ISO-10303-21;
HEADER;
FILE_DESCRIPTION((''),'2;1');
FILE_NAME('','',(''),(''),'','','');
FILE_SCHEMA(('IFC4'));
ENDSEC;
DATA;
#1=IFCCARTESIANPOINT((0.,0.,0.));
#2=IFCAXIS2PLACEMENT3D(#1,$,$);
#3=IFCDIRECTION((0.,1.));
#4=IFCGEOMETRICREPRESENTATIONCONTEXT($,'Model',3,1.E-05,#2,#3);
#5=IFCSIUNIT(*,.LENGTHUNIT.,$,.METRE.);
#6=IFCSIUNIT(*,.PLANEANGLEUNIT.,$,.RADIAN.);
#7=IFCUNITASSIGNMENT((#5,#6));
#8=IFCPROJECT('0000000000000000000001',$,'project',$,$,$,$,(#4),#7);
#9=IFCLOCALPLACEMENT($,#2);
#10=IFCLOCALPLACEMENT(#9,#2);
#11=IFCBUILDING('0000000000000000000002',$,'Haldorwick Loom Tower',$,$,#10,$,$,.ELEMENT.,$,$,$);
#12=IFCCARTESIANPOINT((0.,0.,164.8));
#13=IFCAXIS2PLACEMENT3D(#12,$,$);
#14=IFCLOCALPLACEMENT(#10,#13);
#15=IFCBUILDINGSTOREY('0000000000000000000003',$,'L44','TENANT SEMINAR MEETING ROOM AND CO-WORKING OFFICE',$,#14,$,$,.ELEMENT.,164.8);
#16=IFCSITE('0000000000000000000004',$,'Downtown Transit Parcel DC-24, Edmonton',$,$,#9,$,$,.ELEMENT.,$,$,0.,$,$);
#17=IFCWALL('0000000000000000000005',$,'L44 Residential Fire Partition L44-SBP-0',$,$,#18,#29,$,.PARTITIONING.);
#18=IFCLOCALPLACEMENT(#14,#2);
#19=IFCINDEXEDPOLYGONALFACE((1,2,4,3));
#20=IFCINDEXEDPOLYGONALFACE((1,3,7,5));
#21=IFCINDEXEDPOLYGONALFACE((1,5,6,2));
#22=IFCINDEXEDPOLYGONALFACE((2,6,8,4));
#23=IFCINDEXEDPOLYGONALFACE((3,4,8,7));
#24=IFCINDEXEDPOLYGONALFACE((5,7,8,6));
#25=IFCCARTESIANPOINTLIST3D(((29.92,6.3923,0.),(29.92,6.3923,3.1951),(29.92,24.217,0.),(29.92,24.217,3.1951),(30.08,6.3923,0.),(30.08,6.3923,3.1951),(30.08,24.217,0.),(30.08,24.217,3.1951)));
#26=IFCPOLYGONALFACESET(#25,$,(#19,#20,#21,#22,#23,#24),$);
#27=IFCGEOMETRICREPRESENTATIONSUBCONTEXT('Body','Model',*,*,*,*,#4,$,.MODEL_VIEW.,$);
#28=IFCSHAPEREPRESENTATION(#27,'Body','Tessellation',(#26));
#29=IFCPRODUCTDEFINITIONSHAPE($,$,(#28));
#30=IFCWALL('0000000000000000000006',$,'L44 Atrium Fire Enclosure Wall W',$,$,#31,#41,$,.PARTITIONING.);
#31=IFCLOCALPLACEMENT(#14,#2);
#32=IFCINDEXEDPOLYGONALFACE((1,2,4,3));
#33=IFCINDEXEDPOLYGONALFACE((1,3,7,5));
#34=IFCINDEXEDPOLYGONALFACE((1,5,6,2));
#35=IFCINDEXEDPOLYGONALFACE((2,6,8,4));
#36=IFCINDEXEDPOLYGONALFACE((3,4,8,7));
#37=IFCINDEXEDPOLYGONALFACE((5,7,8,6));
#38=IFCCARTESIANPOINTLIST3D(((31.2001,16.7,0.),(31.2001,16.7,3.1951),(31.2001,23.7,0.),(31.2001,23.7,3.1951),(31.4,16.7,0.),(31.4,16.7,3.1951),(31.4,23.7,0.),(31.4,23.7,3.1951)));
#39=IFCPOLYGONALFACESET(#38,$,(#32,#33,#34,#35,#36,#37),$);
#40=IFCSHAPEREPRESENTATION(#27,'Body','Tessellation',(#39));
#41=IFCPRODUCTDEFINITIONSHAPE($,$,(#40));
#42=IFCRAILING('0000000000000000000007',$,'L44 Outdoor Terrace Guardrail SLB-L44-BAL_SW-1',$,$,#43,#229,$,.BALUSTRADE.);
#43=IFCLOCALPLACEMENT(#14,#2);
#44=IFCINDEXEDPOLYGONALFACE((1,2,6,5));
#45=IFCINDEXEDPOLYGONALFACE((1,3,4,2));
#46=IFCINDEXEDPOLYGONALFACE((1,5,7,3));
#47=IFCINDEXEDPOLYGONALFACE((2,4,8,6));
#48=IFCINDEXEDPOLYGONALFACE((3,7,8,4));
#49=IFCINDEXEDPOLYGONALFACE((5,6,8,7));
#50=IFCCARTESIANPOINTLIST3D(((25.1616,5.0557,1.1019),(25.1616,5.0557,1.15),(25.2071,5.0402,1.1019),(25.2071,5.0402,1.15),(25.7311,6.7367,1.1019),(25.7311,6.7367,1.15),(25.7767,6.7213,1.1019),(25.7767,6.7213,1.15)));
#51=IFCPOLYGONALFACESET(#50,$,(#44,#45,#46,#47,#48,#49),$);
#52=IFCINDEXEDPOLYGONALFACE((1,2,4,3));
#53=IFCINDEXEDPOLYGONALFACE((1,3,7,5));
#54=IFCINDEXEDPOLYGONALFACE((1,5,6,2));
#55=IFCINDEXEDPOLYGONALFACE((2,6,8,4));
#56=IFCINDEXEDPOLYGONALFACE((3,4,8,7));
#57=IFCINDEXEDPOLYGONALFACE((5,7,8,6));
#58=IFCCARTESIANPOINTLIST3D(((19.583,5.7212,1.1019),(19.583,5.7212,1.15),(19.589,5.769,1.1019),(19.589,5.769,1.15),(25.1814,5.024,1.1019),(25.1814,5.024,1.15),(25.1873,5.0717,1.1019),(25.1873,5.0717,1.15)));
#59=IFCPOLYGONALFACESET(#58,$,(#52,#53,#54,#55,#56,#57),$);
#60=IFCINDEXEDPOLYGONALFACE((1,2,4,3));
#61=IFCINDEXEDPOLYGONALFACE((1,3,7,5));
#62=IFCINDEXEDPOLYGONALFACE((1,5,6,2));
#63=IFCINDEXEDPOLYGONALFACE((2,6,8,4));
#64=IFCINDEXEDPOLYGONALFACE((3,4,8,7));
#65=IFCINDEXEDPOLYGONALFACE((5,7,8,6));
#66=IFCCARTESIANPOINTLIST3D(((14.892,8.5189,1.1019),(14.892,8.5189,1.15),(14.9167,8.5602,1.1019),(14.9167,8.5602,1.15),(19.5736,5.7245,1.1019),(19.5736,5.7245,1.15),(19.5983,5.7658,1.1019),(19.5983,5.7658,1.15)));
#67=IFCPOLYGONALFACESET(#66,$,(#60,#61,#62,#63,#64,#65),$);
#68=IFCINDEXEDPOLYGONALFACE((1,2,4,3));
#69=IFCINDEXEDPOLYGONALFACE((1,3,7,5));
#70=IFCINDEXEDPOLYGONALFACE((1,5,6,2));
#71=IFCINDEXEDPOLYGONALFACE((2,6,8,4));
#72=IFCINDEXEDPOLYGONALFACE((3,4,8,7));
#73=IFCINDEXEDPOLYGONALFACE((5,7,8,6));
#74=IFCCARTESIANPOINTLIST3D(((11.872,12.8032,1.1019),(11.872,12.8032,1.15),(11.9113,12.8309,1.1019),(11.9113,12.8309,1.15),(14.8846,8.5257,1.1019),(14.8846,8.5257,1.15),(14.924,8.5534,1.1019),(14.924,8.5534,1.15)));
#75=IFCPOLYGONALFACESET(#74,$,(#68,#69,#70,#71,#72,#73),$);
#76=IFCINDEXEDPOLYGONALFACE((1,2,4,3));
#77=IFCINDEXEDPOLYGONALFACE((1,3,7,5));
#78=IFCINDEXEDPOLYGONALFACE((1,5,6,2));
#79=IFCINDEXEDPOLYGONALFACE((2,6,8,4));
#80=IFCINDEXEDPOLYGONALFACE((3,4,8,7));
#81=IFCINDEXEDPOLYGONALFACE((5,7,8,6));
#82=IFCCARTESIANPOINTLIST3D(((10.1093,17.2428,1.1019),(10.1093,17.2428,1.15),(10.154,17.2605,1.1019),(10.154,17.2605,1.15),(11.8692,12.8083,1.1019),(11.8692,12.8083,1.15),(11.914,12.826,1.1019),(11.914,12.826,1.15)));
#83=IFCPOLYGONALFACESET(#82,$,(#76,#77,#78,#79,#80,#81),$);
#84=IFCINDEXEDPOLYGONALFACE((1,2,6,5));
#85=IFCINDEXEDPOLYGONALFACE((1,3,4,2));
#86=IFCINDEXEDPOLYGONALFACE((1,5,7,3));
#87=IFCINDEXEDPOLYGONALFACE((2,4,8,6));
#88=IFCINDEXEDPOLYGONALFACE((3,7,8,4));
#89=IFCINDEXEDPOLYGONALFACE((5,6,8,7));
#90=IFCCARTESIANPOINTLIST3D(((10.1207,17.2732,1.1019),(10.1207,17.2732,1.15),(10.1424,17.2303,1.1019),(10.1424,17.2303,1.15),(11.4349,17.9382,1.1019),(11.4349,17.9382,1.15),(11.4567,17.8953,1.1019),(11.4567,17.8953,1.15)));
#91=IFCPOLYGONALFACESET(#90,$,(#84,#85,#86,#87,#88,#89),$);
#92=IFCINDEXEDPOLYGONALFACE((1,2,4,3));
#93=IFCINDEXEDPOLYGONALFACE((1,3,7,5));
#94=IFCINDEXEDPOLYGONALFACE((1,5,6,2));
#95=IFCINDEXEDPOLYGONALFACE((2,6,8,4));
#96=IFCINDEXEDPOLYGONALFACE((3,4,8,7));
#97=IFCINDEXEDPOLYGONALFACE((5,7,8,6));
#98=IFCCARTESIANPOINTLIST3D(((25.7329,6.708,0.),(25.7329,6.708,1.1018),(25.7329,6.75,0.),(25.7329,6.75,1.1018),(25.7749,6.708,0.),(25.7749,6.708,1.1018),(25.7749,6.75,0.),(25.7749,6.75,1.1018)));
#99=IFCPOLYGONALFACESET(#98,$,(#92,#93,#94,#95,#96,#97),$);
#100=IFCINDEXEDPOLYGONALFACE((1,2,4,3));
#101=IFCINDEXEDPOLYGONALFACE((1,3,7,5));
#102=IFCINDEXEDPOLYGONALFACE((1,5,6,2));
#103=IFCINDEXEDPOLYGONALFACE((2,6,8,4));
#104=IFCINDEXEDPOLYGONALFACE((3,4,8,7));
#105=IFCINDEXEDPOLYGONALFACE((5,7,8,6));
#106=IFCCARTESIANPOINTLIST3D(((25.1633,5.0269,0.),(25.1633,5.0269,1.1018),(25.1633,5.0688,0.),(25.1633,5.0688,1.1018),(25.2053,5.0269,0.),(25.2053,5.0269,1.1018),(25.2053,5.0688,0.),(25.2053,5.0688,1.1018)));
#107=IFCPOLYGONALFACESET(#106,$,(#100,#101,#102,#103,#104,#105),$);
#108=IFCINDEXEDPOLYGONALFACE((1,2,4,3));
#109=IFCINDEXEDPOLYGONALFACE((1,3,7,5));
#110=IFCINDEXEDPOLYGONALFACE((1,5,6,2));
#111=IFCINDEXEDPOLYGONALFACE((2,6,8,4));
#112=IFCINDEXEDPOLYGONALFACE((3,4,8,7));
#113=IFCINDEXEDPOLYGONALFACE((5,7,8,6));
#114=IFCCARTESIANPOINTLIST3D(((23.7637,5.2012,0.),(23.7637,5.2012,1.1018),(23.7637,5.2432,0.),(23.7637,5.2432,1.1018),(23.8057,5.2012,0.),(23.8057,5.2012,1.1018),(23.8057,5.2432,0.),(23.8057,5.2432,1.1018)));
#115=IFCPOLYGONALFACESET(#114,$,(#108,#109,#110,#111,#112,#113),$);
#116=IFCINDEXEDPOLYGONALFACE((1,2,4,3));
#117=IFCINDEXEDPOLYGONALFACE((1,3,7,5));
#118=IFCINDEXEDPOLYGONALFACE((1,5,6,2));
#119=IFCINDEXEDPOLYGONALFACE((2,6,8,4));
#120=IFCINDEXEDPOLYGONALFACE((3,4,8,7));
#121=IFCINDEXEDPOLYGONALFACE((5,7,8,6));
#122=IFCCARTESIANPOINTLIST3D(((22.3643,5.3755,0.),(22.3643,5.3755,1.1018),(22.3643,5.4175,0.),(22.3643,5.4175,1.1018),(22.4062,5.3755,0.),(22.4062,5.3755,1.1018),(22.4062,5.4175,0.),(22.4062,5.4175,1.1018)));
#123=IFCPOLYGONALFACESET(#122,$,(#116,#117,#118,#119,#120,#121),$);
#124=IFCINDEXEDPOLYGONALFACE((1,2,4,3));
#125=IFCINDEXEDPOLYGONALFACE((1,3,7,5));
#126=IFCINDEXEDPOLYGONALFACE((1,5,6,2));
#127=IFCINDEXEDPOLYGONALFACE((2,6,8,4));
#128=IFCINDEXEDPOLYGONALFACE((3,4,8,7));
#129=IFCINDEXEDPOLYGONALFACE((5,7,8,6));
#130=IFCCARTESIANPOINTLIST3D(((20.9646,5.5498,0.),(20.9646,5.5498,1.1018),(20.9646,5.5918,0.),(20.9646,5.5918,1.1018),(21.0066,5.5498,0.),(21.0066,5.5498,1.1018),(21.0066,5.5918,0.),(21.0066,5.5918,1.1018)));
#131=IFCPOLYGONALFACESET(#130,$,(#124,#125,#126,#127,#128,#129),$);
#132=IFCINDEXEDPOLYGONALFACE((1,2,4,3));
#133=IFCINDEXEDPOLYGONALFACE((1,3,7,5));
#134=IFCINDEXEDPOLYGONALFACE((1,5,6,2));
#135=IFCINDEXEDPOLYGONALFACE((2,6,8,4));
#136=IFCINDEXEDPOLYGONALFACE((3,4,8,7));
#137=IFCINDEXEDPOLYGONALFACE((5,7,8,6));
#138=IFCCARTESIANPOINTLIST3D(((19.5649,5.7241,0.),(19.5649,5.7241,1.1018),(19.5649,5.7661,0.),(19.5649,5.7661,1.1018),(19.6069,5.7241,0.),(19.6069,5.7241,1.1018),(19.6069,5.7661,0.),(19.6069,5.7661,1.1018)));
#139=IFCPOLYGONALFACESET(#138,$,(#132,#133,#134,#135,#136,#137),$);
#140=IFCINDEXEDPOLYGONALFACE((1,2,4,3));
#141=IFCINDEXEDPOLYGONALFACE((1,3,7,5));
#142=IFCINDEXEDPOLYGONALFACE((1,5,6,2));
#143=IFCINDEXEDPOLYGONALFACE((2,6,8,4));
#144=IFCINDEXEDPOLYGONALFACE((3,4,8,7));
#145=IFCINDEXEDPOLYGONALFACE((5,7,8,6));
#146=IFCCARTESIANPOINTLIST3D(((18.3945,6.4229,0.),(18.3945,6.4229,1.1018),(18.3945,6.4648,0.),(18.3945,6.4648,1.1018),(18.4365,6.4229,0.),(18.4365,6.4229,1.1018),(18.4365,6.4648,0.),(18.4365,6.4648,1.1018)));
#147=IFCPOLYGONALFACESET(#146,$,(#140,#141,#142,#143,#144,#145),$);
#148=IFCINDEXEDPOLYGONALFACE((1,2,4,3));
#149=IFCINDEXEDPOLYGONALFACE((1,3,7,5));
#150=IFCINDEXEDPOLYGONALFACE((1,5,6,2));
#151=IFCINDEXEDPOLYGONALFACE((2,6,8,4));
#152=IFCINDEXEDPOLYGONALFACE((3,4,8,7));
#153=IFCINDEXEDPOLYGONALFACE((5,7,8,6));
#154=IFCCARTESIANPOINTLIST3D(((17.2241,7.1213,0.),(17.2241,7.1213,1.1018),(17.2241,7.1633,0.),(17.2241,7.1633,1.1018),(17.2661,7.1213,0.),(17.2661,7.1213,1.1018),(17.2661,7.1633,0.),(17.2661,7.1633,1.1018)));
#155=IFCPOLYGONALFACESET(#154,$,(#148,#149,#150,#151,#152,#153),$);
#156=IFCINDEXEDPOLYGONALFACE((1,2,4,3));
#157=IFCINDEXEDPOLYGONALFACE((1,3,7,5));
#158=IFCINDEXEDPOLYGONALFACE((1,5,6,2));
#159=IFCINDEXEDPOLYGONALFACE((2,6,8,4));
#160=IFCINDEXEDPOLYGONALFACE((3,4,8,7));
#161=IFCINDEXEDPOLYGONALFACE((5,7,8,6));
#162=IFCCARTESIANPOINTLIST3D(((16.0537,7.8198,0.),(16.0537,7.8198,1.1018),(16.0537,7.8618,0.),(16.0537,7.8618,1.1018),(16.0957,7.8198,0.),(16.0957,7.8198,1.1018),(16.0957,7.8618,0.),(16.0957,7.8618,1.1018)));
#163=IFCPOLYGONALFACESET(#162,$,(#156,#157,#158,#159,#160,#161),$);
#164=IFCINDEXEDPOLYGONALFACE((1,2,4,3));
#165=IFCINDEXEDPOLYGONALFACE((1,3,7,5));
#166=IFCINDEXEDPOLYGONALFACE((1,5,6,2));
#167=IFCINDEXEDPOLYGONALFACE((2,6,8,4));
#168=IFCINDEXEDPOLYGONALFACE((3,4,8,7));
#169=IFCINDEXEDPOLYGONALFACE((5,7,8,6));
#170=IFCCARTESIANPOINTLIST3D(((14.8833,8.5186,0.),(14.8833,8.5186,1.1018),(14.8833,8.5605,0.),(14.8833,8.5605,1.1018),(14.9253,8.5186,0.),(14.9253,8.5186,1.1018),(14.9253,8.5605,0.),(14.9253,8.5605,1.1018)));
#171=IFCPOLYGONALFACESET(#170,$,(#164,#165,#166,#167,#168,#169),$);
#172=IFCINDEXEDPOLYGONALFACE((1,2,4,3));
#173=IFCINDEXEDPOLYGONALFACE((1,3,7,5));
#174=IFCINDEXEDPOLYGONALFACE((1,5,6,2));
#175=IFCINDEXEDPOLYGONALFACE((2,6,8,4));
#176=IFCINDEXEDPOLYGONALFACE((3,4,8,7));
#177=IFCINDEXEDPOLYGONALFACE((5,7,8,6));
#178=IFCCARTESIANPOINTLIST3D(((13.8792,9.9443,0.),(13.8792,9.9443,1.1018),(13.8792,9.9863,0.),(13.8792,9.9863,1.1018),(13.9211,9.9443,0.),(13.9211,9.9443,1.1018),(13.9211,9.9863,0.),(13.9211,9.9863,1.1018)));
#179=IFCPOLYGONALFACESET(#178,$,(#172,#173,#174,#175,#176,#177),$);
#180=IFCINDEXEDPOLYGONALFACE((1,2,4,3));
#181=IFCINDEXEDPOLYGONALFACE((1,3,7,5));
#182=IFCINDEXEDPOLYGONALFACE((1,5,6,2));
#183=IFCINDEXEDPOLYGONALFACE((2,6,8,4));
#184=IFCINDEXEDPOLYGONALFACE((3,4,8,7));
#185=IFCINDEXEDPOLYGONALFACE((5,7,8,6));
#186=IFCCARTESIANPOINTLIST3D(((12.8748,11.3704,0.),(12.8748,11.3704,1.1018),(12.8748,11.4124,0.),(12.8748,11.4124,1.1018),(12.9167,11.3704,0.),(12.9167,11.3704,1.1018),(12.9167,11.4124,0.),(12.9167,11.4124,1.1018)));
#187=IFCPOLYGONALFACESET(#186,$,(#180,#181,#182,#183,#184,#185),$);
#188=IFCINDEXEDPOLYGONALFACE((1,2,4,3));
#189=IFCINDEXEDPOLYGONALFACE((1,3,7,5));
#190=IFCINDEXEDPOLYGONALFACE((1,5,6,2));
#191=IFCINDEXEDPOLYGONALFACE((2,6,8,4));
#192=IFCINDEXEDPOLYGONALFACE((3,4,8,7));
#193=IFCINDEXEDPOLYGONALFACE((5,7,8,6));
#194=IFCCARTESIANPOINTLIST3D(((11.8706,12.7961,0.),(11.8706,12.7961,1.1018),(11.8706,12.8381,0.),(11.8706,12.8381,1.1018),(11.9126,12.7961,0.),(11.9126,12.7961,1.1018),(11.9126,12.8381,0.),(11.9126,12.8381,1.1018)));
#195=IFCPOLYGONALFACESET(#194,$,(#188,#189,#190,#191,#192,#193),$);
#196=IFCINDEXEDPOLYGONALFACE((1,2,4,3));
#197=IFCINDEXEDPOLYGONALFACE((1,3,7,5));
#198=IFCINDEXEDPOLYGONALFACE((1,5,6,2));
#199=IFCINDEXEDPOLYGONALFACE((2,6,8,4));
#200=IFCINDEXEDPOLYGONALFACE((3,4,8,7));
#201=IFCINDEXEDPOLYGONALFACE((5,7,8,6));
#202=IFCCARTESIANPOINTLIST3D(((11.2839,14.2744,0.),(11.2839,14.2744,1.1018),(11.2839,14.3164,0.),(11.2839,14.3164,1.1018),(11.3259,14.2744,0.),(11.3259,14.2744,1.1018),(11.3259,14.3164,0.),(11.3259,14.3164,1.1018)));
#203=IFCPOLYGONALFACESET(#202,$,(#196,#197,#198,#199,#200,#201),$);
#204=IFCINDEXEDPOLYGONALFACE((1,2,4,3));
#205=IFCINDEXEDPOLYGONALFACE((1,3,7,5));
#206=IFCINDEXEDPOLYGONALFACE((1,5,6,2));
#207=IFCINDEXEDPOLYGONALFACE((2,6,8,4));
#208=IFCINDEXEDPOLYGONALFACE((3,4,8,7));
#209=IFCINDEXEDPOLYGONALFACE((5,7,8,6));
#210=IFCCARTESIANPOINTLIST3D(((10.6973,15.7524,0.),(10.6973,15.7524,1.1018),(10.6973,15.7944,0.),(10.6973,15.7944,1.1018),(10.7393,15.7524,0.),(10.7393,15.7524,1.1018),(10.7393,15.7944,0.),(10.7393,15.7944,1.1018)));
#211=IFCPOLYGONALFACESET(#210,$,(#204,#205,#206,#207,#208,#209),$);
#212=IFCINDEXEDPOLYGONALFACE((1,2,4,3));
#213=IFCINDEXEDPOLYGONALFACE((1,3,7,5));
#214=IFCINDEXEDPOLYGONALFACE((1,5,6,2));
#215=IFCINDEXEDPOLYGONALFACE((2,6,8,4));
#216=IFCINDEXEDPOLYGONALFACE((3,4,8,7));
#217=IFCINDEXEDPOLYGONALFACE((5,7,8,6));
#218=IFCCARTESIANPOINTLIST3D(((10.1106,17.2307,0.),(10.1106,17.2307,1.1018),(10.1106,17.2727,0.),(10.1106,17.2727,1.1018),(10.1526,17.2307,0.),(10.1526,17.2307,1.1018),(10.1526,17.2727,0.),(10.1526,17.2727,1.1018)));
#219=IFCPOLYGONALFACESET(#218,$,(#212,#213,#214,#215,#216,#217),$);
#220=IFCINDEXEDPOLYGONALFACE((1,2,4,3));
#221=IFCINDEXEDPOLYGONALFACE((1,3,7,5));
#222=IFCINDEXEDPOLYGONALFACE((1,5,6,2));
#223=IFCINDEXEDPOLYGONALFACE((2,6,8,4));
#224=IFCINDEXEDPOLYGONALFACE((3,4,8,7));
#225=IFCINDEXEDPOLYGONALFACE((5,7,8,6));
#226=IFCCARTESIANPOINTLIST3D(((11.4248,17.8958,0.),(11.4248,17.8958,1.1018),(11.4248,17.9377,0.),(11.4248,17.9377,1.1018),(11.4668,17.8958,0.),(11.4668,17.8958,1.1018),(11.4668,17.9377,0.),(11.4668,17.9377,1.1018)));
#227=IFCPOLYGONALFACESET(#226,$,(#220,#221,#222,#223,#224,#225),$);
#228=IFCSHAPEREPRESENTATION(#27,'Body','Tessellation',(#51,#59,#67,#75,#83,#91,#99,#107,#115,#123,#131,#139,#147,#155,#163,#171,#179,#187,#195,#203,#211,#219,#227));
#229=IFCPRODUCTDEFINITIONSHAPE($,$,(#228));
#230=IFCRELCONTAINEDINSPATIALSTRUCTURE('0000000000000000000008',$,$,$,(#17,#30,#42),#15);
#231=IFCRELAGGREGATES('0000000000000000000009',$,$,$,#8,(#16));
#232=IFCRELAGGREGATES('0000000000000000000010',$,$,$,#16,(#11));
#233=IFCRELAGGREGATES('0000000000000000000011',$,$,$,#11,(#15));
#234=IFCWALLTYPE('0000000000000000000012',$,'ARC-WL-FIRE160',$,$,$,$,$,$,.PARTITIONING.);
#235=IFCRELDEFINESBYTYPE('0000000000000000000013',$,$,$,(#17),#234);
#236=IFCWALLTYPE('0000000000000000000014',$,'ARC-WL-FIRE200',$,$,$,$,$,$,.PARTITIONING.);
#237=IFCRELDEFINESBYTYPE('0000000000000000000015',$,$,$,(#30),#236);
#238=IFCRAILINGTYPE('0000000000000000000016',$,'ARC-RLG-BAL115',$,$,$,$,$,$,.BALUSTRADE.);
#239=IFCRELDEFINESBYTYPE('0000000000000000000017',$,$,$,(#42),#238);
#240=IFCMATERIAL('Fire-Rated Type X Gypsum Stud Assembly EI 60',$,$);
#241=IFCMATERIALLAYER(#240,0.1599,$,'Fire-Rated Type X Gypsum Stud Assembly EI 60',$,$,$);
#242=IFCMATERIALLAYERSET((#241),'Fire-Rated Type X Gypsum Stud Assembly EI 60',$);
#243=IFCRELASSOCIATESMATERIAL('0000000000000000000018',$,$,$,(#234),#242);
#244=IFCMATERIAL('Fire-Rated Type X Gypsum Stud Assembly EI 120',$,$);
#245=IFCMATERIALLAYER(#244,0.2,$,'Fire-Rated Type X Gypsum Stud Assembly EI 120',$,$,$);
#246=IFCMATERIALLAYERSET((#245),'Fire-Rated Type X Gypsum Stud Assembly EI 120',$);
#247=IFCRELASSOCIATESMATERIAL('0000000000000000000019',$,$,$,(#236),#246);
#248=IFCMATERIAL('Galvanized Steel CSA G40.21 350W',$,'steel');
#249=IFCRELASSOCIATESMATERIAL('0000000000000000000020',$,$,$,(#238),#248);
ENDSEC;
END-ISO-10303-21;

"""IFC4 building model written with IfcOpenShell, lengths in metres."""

from ifc_helpers import new_model, si_unit, direction, frame, frame_2d, origin, origin_2d, place, context, subcontext, project, spatial, rectangle, extrude, material, layer, layer_set, type_object, element, save


model = new_model("IFC4")

# Units and contexts
model_context = context("Model", 3, precision=1e-05, world=origin(), true_north=direction((0.0, 1.0)))
body_context = subcontext(model_context, "Body", "Model", "MODEL_VIEW")
ifc_project = project(units=[si_unit("LENGTHUNIT", "METRE"), si_unit("PLANEANGLEUNIT", "RADIAN")], contexts=[model_context])

# Site, building, storey
site_placement = place(None, origin())
site = spatial("IfcSite", under=ifc_project, at=site_placement, Name="Downtown Transit Parcel DC-24, Edmonton", CompositionType="ELEMENT", RefElevation=0.0)
building_placement = place(site_placement, origin())
building = spatial("IfcBuilding", under=site, at=building_placement, Name="Haldorwick Loom Tower", CompositionType="ELEMENT")
storey_placement = place(building_placement, frame((0.0, 0.0, 164.8)))
storey = spatial("IfcBuildingStorey", under=building, at=storey_placement, Name="L44", Description="TENANT SEMINAR MEETING ROOM AND CO-WORKING OFFICE", CompositionType="ELEMENT", Elevation=164.8)

# Walls
ifc_material_1 = material(Name="Fire-Rated Type X Gypsum Stud Assembly EI 60")
ifc_layer_1 = layer(ifc_material_1, 0.1599, Name="Fire-Rated Type X Gypsum Stud Assembly EI 60")
ifc_layer_set_1 = layer_set([ifc_layer_1], Name="Fire-Rated Type X Gypsum Stud Assembly EI 60")
wall_type_1 = type_object("IfcWallType", Name="ARC-WL-FIRE160", PredefinedType="PARTITIONING", material=ifc_layer_set_1)
wall_1_placement = place(storey_placement, frame((30.0, 6.3923, 0.0), z_axis=(0.0, 0.0, 1.0), x_axis=(0.0, 1.0, 0.0)))
element("IfcWall", 1, at=wall_1_placement, inside=storey, type_object=wall_type_1, Name="L44 Residential Fire Partition L44-SBP-0", PredefinedType="PARTITIONING", context=body_context, shape_type="SweptSolid", body=[
    extrude(rectangle(XDim=17.8247, YDim=0.1599, at=frame_2d((8.9124, 0.0))), origin(), (0.0, 0.0, 1.0), 3.1951),
])
ifc_material_2 = material(Name="Fire-Rated Type X Gypsum Stud Assembly EI 120")
ifc_layer_2 = layer(ifc_material_2, 0.2, Name="Fire-Rated Type X Gypsum Stud Assembly EI 120")
ifc_layer_set_2 = layer_set([ifc_layer_2], Name="Fire-Rated Type X Gypsum Stud Assembly EI 120")
wall_type_2 = type_object("IfcWallType", Name="ARC-WL-FIRE200", PredefinedType="PARTITIONING", material=ifc_layer_set_2)
wall_2_placement = place(storey_placement, frame((31.3, 16.7, 0.0), z_axis=(0.0, 0.0, 1.0), x_axis=(0.0, 1.0, 0.0)))
element("IfcWall", 2, at=wall_2_placement, inside=storey, type_object=wall_type_2, Name="L44 Atrium Fire Enclosure Wall W", PredefinedType="PARTITIONING", context=body_context, shape_type="SweptSolid", body=[
    extrude(rectangle(XDim=7.0, YDim=0.2, at=frame_2d((3.5, 0.0))), origin(), (0.0, 0.0, 1.0), 3.1951),
])

# Railing
ifc_material_3 = material(Name="Galvanized Steel CSA G40.21 350W", Category="steel")
railing_type = type_object("IfcRailingType", Name="ARC-RLG-BAL115", PredefinedType="BALUSTRADE", material=ifc_material_3)
railing_placement = place(storey_placement, frame((25.7539, 6.729, 0.0)))
element("IfcRailing", 3, at=railing_placement, inside=storey, type_object=railing_type, Name="L44 Outdoor Terrace Guardrail SLB-L44-BAL_SW-1", PredefinedType="BALUSTRADE", context=body_context, shape_type="SweptSolid", body=[
    extrude(rectangle(XDim=0.0481, YDim=0.0481, at=origin_2d()), frame((0.0, 0.0, 1.126), z_axis=(-0.320887, -0.947118, 0.0), x_axis=(0.947118, -0.320887, 0.0)), (0.0, 0.0, 1.0), 1.7749),
    extrude(rectangle(XDim=0.0481, YDim=0.0481, at=origin_2d()), frame((-0.5696, -1.6812, 1.126), z_axis=(-0.992333, 0.123593, 0.0), x_axis=(-0.123593, -0.992333, 0.0)), (0.0, 0.0, 1.0), 5.6416),
    extrude(rectangle(XDim=0.0481, YDim=0.0481, at=origin_2d()), frame((-6.168, -0.9839, 1.126), z_axis=(-0.858668, 0.512532, 0.0), x_axis=(-0.512532, -0.858668, 0.0)), (0.0, 0.0, 1.0), 5.4521),
    extrude(rectangle(XDim=0.0481, YDim=0.0481, at=origin_2d()), frame((-10.8496, 1.8105, 1.126), z_axis=(-0.575818, 0.817578, 0.0), x_axis=(-0.817578, -0.575818, 0.0)), (0.0, 0.0, 1.0), 5.2319),
    extrude(rectangle(XDim=0.0481, YDim=0.0481, at=origin_2d()), frame((-13.8623, 6.0881, 1.126), z_axis=(-0.368893, 0.929472, 0.0), x_axis=(-0.929472, -0.368893, 0.0)), (0.0, 0.0, 1.0), 4.771),
    extrude(rectangle(XDim=0.0481, YDim=0.0481, at=origin_2d()), frame((-15.6223, 10.5227, 1.126), z_axis=(0.892262, 0.451518, 0.0), x_axis=(-0.451518, 0.892262, 0.0)), (0.0, 0.0, 1.0), 1.4729),
    extrude(rectangle(XDim=0.042, YDim=0.042, at=origin_2d()), origin(), (0.0, 0.0, 1.0), 1.1018),
    extrude(rectangle(XDim=0.042, YDim=0.042, at=origin_2d()), frame((-0.5696, -1.6812, 0.0)), (0.0, 0.0, 1.0), 1.1018),
    extrude(rectangle(XDim=0.042, YDim=0.042, at=origin_2d()), frame((-1.9692, -1.5068, 0.0)), (0.0, 0.0, 1.0), 1.1018),
    extrude(rectangle(XDim=0.042, YDim=0.042, at=origin_2d()), frame((-3.3687, -1.3325, 0.0)), (0.0, 0.0, 1.0), 1.1018),
    extrude(rectangle(XDim=0.042, YDim=0.042, at=origin_2d()), frame((-4.7683, -1.1582, 0.0)), (0.0, 0.0, 1.0), 1.1018),
    extrude(rectangle(XDim=0.042, YDim=0.042, at=origin_2d()), frame((-6.168, -0.9839, 0.0)), (0.0, 0.0, 1.0), 1.1018),
    extrude(rectangle(XDim=0.042, YDim=0.042, at=origin_2d()), frame((-7.3384, -0.2852, 0.0)), (0.0, 0.0, 1.0), 1.1018),
    extrude(rectangle(XDim=0.042, YDim=0.042, at=origin_2d()), frame((-8.5088, 0.4133, 0.0)), (0.0, 0.0, 1.0), 1.1018),
    extrude(rectangle(XDim=0.042, YDim=0.042, at=origin_2d()), frame((-9.6792, 1.1118, 0.0)), (0.0, 0.0, 1.0), 1.1018),
    extrude(rectangle(XDim=0.042, YDim=0.042, at=origin_2d()), frame((-10.8496, 1.8105, 0.0)), (0.0, 0.0, 1.0), 1.1018),
    extrude(rectangle(XDim=0.042, YDim=0.042, at=origin_2d()), frame((-11.8538, 3.2363, 0.0)), (0.0, 0.0, 1.0), 1.1018),
    extrude(rectangle(XDim=0.042, YDim=0.042, at=origin_2d()), frame((-12.8582, 4.6624, 0.0)), (0.0, 0.0, 1.0), 1.1018),
    extrude(rectangle(XDim=0.042, YDim=0.042, at=origin_2d()), frame((-13.8623, 6.0881, 0.0)), (0.0, 0.0, 1.0), 1.1018),
    extrude(rectangle(XDim=0.042, YDim=0.042, at=origin_2d()), frame((-14.449, 7.5664, 0.0)), (0.0, 0.0, 1.0), 1.1018),
    extrude(rectangle(XDim=0.042, YDim=0.042, at=origin_2d()), frame((-15.0356, 9.0444, 0.0)), (0.0, 0.0, 1.0), 1.1018),
    extrude(rectangle(XDim=0.042, YDim=0.042, at=origin_2d()), frame((-15.6223, 10.5227, 0.0)), (0.0, 0.0, 1.0), 1.1018),
    extrude(rectangle(XDim=0.042, YDim=0.042, at=origin_2d()), frame((-14.3081, 11.1877, 0.0)), (0.0, 0.0, 1.0), 1.1018),
])

save(model, "model.ifc")
